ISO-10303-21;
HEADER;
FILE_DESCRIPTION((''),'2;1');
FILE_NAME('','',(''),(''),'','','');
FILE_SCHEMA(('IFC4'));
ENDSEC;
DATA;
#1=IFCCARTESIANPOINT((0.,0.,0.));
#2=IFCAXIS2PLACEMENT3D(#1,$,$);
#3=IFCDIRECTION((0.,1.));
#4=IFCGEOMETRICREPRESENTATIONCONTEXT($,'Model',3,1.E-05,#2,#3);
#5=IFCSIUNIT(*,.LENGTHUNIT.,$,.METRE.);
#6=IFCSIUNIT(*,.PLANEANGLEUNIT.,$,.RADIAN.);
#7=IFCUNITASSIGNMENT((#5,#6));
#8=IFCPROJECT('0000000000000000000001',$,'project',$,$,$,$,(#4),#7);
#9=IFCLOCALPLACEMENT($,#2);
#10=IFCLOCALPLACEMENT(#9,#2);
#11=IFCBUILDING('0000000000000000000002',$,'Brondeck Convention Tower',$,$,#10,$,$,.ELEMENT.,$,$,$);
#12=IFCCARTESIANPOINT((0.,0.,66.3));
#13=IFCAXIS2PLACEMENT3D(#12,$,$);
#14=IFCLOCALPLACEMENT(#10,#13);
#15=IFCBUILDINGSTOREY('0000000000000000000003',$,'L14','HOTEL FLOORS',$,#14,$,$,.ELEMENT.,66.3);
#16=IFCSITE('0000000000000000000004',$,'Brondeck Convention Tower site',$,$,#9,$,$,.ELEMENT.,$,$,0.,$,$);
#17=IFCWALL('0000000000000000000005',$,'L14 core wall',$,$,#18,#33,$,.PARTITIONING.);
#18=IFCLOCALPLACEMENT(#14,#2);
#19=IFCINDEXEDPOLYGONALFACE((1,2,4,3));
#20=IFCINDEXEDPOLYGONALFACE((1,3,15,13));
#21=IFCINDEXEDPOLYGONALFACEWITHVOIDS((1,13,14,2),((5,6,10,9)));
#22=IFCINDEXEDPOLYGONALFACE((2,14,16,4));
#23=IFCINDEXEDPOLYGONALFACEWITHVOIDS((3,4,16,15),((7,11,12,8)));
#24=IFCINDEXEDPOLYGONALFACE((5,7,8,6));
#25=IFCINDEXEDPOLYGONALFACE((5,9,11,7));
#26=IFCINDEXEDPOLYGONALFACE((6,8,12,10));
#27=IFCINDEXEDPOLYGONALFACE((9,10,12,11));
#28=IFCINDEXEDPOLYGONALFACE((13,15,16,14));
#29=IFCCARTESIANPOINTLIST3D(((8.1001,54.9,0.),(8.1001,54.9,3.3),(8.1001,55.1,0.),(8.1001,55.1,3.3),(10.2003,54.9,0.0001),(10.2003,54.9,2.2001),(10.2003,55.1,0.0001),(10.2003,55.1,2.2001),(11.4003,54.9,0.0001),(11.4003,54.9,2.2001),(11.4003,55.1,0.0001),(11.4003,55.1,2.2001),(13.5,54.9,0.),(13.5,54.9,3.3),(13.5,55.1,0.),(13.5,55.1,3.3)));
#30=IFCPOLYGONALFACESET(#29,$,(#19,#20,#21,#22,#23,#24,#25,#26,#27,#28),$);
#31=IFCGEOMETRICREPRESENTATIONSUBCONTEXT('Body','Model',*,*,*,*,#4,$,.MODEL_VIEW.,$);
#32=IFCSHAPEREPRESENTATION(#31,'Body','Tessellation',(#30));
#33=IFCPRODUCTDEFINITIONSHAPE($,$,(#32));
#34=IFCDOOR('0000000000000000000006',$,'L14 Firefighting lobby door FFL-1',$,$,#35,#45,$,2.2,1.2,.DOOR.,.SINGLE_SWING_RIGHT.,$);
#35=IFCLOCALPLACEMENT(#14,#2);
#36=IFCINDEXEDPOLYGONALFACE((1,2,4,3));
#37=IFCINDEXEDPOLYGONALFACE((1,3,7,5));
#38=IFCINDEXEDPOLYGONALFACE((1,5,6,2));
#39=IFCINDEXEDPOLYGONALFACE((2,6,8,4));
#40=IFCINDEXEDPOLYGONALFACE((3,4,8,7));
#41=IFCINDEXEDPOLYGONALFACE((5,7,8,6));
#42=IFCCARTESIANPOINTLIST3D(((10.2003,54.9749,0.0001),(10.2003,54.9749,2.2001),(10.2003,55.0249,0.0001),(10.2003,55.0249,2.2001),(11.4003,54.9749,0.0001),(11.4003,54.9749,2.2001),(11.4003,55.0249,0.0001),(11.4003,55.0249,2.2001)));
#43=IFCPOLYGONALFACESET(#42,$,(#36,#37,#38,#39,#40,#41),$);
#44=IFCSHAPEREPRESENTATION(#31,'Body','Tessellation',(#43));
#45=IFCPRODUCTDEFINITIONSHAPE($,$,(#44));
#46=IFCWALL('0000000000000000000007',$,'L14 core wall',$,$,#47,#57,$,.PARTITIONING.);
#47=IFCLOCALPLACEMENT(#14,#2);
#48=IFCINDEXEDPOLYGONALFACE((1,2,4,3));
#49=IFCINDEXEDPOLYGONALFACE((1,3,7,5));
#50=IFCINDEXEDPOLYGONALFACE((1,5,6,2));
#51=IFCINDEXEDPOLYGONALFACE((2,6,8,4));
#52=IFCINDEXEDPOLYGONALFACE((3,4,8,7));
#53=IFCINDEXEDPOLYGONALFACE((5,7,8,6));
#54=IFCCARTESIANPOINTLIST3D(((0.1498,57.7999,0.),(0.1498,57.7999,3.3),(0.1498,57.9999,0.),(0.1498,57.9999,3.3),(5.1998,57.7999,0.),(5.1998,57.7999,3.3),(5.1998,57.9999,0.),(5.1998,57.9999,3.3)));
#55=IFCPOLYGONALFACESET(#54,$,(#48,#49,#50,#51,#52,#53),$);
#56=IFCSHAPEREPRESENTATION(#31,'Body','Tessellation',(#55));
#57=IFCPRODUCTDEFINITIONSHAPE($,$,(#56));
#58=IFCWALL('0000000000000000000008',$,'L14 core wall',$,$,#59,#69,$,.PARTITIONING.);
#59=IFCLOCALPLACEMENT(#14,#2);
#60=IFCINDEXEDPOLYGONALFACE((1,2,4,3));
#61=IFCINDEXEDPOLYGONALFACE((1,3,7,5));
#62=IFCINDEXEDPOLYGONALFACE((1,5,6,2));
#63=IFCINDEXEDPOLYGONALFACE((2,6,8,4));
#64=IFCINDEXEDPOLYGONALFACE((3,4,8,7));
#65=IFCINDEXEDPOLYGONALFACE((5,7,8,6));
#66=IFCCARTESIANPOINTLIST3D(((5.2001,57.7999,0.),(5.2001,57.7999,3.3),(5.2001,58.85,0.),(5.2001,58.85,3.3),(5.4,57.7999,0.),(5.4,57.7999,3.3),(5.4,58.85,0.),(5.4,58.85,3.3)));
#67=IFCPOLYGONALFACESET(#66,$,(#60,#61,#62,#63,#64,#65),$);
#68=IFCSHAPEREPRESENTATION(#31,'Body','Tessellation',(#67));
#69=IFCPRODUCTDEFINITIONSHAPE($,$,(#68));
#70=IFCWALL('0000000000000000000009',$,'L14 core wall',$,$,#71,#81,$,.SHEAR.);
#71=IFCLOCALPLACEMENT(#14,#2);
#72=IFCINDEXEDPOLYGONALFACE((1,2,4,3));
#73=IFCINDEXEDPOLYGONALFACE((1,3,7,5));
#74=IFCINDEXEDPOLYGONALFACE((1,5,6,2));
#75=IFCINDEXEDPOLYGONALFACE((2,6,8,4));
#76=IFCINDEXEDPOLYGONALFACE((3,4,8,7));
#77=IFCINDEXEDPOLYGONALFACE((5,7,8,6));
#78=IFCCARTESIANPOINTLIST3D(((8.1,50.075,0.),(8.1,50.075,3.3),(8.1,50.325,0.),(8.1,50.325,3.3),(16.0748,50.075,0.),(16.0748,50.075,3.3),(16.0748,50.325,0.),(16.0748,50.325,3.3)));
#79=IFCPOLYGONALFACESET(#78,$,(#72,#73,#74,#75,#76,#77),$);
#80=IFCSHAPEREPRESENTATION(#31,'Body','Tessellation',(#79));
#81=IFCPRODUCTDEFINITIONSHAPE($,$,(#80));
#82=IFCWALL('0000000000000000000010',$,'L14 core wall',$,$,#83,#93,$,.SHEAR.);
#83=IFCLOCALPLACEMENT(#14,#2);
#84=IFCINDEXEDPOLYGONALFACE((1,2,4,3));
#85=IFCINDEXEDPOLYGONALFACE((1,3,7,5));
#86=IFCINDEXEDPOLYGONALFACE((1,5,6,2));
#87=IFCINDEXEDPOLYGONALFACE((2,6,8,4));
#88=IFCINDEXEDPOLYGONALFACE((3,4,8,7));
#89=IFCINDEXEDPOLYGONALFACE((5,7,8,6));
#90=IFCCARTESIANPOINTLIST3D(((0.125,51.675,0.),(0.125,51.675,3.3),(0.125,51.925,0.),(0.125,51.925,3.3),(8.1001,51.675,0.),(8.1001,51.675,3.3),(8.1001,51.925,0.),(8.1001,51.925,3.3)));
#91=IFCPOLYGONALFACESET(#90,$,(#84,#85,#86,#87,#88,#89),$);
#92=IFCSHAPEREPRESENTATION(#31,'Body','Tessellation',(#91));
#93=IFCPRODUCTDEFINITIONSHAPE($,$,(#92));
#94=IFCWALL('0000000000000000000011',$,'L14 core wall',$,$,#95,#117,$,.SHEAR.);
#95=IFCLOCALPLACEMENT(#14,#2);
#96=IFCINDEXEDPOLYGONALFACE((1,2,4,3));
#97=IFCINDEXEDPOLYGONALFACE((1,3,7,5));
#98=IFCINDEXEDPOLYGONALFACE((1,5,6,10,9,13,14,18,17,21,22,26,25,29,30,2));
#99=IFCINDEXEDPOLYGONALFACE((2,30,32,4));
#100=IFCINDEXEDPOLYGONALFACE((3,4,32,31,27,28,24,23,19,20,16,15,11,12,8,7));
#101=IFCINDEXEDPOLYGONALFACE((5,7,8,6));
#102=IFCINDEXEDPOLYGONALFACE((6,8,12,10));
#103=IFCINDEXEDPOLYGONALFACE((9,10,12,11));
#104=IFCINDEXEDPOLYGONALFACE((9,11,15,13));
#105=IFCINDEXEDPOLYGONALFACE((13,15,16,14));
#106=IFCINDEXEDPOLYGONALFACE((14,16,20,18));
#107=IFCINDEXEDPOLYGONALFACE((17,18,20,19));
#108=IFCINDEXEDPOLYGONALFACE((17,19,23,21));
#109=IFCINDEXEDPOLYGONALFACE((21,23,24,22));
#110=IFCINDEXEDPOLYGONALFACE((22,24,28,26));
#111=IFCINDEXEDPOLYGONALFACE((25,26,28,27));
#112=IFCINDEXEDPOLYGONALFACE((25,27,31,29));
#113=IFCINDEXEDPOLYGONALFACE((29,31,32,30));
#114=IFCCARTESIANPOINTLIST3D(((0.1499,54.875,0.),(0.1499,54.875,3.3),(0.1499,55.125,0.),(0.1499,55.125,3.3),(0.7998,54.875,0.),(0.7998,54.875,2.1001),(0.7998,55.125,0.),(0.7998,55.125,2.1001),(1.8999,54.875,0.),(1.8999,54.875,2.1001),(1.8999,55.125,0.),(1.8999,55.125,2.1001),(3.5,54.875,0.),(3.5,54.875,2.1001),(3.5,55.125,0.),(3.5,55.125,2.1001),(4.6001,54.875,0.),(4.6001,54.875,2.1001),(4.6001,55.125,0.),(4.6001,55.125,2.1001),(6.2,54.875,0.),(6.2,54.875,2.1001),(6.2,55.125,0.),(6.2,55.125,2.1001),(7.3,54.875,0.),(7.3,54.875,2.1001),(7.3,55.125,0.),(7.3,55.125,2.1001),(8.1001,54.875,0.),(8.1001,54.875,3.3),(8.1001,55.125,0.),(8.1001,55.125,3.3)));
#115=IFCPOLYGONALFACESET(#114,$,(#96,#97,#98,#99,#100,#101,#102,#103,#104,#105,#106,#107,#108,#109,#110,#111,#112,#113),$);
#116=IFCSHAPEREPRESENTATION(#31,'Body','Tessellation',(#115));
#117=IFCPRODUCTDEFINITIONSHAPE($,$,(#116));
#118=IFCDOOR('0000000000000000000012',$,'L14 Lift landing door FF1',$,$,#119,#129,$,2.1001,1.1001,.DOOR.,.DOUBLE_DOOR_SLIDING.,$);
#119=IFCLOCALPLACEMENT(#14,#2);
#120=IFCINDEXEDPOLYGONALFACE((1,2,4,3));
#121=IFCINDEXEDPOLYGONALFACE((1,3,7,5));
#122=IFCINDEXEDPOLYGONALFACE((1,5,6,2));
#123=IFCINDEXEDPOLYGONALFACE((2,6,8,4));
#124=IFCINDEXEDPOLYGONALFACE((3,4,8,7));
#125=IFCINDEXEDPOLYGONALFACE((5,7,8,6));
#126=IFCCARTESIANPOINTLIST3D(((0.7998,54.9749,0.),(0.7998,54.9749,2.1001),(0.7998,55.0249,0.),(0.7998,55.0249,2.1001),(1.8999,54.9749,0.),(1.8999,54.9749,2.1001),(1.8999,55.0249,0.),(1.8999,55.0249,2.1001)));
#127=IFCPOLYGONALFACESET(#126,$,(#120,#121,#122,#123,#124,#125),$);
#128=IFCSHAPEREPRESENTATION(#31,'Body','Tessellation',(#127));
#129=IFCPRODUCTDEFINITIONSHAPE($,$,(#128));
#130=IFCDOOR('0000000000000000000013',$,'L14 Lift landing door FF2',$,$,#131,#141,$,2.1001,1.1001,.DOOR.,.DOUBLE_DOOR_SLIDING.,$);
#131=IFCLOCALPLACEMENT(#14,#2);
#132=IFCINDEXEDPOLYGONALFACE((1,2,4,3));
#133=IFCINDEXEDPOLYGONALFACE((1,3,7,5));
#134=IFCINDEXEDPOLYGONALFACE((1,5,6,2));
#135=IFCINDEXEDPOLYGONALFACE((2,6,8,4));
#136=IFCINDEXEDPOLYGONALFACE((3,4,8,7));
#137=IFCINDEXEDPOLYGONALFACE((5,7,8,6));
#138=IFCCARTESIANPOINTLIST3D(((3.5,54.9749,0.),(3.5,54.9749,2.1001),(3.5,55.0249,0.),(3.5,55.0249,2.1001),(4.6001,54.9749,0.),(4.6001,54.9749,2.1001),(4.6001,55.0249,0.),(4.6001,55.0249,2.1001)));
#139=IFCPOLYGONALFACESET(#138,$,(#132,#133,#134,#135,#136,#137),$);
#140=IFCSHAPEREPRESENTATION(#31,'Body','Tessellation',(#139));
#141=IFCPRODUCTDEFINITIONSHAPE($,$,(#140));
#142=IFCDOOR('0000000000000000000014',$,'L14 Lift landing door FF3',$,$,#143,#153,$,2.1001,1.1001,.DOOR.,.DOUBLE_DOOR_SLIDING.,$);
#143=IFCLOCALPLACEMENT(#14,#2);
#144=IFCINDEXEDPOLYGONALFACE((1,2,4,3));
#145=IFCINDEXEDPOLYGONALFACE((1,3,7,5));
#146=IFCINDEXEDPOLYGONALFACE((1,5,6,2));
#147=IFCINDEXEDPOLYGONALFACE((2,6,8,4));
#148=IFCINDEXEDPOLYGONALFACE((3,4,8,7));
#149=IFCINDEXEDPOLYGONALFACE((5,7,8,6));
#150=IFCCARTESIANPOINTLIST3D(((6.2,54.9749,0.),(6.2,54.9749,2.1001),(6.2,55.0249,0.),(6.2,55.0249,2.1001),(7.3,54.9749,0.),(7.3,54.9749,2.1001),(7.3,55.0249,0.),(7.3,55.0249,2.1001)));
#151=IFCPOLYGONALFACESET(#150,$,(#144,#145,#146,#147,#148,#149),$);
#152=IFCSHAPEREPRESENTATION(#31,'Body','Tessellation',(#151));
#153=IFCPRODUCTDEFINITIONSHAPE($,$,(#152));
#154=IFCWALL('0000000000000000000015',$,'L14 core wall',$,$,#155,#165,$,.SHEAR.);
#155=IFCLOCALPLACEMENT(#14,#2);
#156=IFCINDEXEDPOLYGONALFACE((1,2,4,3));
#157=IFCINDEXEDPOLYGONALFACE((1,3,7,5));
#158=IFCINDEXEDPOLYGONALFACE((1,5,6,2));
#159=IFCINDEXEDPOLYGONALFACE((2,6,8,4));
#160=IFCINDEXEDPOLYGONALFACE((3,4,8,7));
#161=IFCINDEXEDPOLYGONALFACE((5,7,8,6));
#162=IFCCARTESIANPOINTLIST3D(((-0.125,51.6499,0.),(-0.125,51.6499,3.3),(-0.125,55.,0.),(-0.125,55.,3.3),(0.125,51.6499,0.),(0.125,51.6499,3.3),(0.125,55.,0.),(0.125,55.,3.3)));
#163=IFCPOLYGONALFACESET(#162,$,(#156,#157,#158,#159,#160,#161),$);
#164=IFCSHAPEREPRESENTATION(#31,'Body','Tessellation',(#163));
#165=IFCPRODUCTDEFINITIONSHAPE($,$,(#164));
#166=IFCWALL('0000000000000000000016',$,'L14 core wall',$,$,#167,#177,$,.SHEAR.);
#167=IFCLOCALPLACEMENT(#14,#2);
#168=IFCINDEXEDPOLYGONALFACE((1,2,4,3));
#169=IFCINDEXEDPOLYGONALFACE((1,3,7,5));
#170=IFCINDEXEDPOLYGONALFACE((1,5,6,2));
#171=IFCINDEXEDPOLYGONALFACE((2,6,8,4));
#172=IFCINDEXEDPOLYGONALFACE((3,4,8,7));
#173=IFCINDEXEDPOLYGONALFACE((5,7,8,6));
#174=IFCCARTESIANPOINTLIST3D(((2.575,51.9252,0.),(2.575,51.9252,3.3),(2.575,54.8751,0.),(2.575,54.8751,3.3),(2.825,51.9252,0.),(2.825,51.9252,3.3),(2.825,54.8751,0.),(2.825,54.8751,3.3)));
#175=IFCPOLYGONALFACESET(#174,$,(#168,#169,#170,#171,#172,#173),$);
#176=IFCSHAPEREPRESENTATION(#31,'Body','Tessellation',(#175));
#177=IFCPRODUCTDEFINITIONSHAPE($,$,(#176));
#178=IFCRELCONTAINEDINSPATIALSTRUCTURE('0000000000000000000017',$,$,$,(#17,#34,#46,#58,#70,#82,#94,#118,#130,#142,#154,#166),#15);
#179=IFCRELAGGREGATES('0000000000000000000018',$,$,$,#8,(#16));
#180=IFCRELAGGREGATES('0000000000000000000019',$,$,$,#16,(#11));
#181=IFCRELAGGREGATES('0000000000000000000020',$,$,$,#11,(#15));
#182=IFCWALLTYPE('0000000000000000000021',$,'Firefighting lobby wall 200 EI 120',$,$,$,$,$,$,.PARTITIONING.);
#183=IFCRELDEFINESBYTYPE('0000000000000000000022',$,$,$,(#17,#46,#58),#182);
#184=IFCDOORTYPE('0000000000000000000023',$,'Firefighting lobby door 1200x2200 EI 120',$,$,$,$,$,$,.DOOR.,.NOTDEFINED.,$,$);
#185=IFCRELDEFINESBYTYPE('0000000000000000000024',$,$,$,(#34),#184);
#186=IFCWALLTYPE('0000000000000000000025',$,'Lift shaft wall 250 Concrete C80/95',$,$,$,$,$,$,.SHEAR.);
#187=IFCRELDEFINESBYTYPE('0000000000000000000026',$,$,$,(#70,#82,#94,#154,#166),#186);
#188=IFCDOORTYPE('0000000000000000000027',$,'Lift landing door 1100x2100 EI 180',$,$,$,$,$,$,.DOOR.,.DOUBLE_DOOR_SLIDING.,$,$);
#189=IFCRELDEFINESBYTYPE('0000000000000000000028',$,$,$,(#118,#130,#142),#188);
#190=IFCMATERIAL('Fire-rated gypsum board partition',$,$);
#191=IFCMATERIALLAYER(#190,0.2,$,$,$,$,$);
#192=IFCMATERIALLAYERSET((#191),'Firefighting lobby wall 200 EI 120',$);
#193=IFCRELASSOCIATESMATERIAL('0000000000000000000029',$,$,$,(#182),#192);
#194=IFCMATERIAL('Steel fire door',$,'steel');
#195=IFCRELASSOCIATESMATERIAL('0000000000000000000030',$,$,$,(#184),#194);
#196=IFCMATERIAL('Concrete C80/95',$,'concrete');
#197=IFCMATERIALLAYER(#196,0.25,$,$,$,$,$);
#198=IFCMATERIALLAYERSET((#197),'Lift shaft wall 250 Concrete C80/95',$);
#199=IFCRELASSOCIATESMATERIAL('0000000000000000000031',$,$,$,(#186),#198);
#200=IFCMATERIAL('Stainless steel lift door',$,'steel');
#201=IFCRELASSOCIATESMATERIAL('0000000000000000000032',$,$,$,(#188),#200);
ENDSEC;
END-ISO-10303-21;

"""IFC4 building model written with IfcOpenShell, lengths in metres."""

from ifc_helpers import new_model, si_unit, direction, frame, frame_2d, origin, place, context, subcontext, project, spatial, rectangle, extrude, material, layer, layer_set, type_object, element, fill, save


model = new_model("IFC4")

# Units and contexts
model_context = context("Model", 3, precision=1e-05, world=origin(), true_north=direction((0.0, 1.0)))
body_context = subcontext(model_context, "Body", "Model", "MODEL_VIEW")
ifc_project = project(units=[si_unit("LENGTHUNIT", "METRE"), si_unit("PLANEANGLEUNIT", "RADIAN")], contexts=[model_context])

# Site, building, storey
site_placement = place(None, origin())
site = spatial("IfcSite", under=ifc_project, at=site_placement, Name="Brondeck Convention Tower site", CompositionType="ELEMENT", RefElevation=0.0)
building_placement = place(site_placement, origin())
building = spatial("IfcBuilding", under=site, at=building_placement, Name="Brondeck Convention Tower", CompositionType="ELEMENT")
storey_placement = place(building_placement, frame((0.0, 0.0, 66.3)))
storey = spatial("IfcBuildingStorey", under=building, at=storey_placement, Name="L14", Description="HOTEL FLOORS", CompositionType="ELEMENT", Elevation=66.3)

# Shared definitions
ifc_material_1 = material(Name="Concrete C80/95", Category="concrete")

# Shared definitions
ifc_material_2 = material(Name="Fire-rated gypsum board partition")

# Wall, opening, door
ifc_layer_1 = layer(ifc_material_2, 0.2)
ifc_layer_set_1 = layer_set([ifc_layer_1], Name="Firefighting lobby wall 200 EI 120")
wall_type_1 = type_object("IfcWallType", Name="Firefighting lobby wall 200 EI 120", PredefinedType="PARTITIONING", material=ifc_layer_set_1)
wall_1_placement = place(storey_placement, frame((8.1001, 55.0, 0.0), z_axis=(0.0, 0.0, 1.0), x_axis=(1.0, 0.0, 0.0)))
wall_1 = element("IfcWall", 1, at=wall_1_placement, inside=storey, type_object=wall_type_1, Name="L14 core wall", PredefinedType="PARTITIONING", context=body_context, shape_type="SweptSolid", body=[
    extrude(rectangle(XDim=5.3999, YDim=0.2, at=frame_2d((2.7, 0.0))), origin(), (0.0, 0.0, 1.0), 3.3),
])
opening_1_placement = place(wall_1_placement, frame((2.1001, 0.0, 0.0)))
opening_1 = element("IfcOpeningElement", 2, at=opening_1_placement, cuts=wall_1, PredefinedType="OPENING", context=body_context, shape_type="SweptSolid", body=[
    extrude(rectangle(XDim=1.2, YDim=2.2, at=frame_2d((0.6001, 1.1001))), frame((0.0, 0.1099, 0.0), z_axis=(0.0, -1.0, 0.0), x_axis=(1.0, 0.0, 0.0)), (0.0, 0.0, 1.0), 0.22),
])
ifc_material_3 = material(Name="Steel fire door", Category="steel")
door_type_1 = type_object("IfcDoorType", Name="Firefighting lobby door 1200x2200 EI 120", OperationType="NOTDEFINED", PredefinedType="DOOR", material=ifc_material_3)
door_1_placement = place(opening_1_placement, origin())
door_1 = element("IfcDoor", 3, at=door_1_placement, inside=storey, type_object=door_type_1, Name="L14 Firefighting lobby door FFL-1", OperationType="SINGLE_SWING_RIGHT", OverallHeight=2.2, OverallWidth=1.2, PredefinedType="DOOR", context=body_context, shape_type="SweptSolid", body=[
    extrude(rectangle(XDim=1.2, YDim=2.2, at=frame_2d((0.6001, 1.1001))), frame((0.0, 0.0249, 0.0), z_axis=(0.0, -1.0, 0.0), x_axis=(1.0, 0.0, 0.0)), (0.0, 0.0, 1.0), 0.05),
])
fill(opening_1, door_1)

# Walls
wall_2_placement = place(storey_placement, frame((0.1499, 57.8999, 0.0), z_axis=(0.0, 0.0, 1.0), x_axis=(1.0, 0.0, 0.0)))
element("IfcWall", 4, at=wall_2_placement, inside=storey, type_object=wall_type_1, Name="L14 core wall", PredefinedType="PARTITIONING", context=body_context, shape_type="SweptSolid", body=[
    extrude(rectangle(XDim=5.05, YDim=0.2, at=frame_2d((2.5249, 0.0))), origin(), (0.0, 0.0, 1.0), 3.3),
])
wall_3_placement = place(storey_placement, frame((5.3, 57.8, 0.0), z_axis=(0.0, 0.0, 1.0), x_axis=(0.0, 1.0, 0.0)))
element("IfcWall", 5, at=wall_3_placement, inside=storey, type_object=wall_type_1, Name="L14 core wall", PredefinedType="PARTITIONING", context=body_context, shape_type="SweptSolid", body=[
    extrude(rectangle(XDim=1.05, YDim=0.2, at=frame_2d((0.5249, 0.0))), origin(), (0.0, 0.0, 1.0), 3.3),
])
ifc_layer_2 = layer(ifc_material_1, 0.25)
ifc_layer_set_2 = layer_set([ifc_layer_2], Name="Lift shaft wall 250 Concrete C80/95")
wall_type_2 = type_object("IfcWallType", Name="Lift shaft wall 250 Concrete C80/95", PredefinedType="SHEAR", material=ifc_layer_set_2)
wall_4_placement = place(storey_placement, frame((8.1001, 50.2, 0.0), z_axis=(0.0, 0.0, 1.0), x_axis=(1.0, 0.0, 0.0)))
element("IfcWall", 6, at=wall_4_placement, inside=storey, type_object=wall_type_2, Name="L14 core wall", PredefinedType="SHEAR", context=body_context, shape_type="SweptSolid", body=[
    extrude(rectangle(XDim=7.9749, YDim=0.25, at=frame_2d((3.9873, 0.0))), origin(), (0.0, 0.0, 1.0), 3.3),
])
wall_5_placement = place(storey_placement, frame((0.125, 51.8, 0.0), z_axis=(0.0, 0.0, 1.0), x_axis=(1.0, 0.0, 0.0)))
element("IfcWall", 7, at=wall_5_placement, inside=storey, type_object=wall_type_2, Name="L14 core wall", PredefinedType="SHEAR", context=body_context, shape_type="SweptSolid", body=[
    extrude(rectangle(XDim=7.9751, YDim=0.25, at=frame_2d((3.9875, 0.0))), origin(), (0.0, 0.0, 1.0), 3.3),
])

# Wall, openings, doors
wall_6_placement = place(storey_placement, frame((0.1499, 55.0, 0.0), z_axis=(0.0, 0.0, 1.0), x_axis=(1.0, 0.0, 0.0)))
wall_6 = element("IfcWall", 8, at=wall_6_placement, inside=storey, type_object=wall_type_2, Name="L14 core wall", PredefinedType="SHEAR", context=body_context, shape_type="SweptSolid", body=[
    extrude(rectangle(XDim=7.9502, YDim=0.25, at=frame_2d((3.9751, 0.0))), origin(), (0.0, 0.0, 1.0), 3.3),
])
opening_2_placement = place(wall_6_placement, frame((0.6499, 0.0, 0.0)))
opening_2 = element("IfcOpeningElement", 9, at=opening_2_placement, cuts=wall_6, PredefinedType="OPENING", context=body_context, shape_type="SweptSolid", body=[
    extrude(rectangle(XDim=1.1001, YDim=2.1001, at=frame_2d((0.55, 1.05))), frame((0.0, 0.135, 0.0), z_axis=(0.0, -1.0, 0.0), x_axis=(1.0, 0.0, 0.0)), (0.0, 0.0, 1.0), 0.27),
])
opening_3_placement = place(wall_6_placement, frame((3.3501, 0.0, 0.0)))
opening_3 = element("IfcOpeningElement", 10, at=opening_3_placement, cuts=wall_6, PredefinedType="OPENING", context=body_context, shape_type="SweptSolid", body=[
    extrude(rectangle(XDim=1.1001, YDim=2.1001, at=frame_2d((0.55, 1.05))), frame((0.0, 0.135, 0.0), z_axis=(0.0, -1.0, 0.0), x_axis=(1.0, 0.0, 0.0)), (0.0, 0.0, 1.0), 0.27),
])
opening_4_placement = place(wall_6_placement, frame((6.05, 0.0, 0.0)))
opening_4 = element("IfcOpeningElement", 11, at=opening_4_placement, cuts=wall_6, PredefinedType="OPENING", context=body_context, shape_type="SweptSolid", body=[
    extrude(rectangle(XDim=1.1001, YDim=2.1001, at=frame_2d((0.55, 1.05))), frame((0.0, 0.135, 0.0), z_axis=(0.0, -1.0, 0.0), x_axis=(1.0, 0.0, 0.0)), (0.0, 0.0, 1.0), 0.27),
])
ifc_material_4 = material(Name="Stainless steel lift door", Category="steel")
door_type_2 = type_object("IfcDoorType", Name="Lift landing door 1100x2100 EI 180", OperationType="DOUBLE_DOOR_SLIDING", PredefinedType="DOOR", material=ifc_material_4)
door_2_placement = place(opening_2_placement, origin())
door_2 = element("IfcDoor", 12, at=door_2_placement, inside=storey, type_object=door_type_2, Name="L14 Lift landing door FF1", OperationType="DOUBLE_DOOR_SLIDING", OverallHeight=2.1001, OverallWidth=1.1001, PredefinedType="DOOR", context=body_context, shape_type="SweptSolid", body=[
    extrude(rectangle(XDim=1.1001, YDim=2.1001, at=frame_2d((0.55, 1.05))), frame((0.0, 0.0249, 0.0), z_axis=(0.0, -1.0, 0.0), x_axis=(1.0, 0.0, 0.0)), (0.0, 0.0, 1.0), 0.05),
])
fill(opening_2, door_2)
door_3_placement = place(opening_3_placement, origin())
door_3 = element("IfcDoor", 13, at=door_3_placement, inside=storey, type_object=door_type_2, Name="L14 Lift landing door FF2", OperationType="DOUBLE_DOOR_SLIDING", OverallHeight=2.1001, OverallWidth=1.1001, PredefinedType="DOOR", context=body_context, shape_type="SweptSolid", body=[
    extrude(rectangle(XDim=1.1001, YDim=2.1001, at=frame_2d((0.55, 1.05))), frame((0.0, 0.0249, 0.0), z_axis=(0.0, -1.0, 0.0), x_axis=(1.0, 0.0, 0.0)), (0.0, 0.0, 1.0), 0.05),
])
fill(opening_3, door_3)
door_4_placement = place(opening_4_placement, origin())
door_4 = element("IfcDoor", 14, at=door_4_placement, inside=storey, type_object=door_type_2, Name="L14 Lift landing door FF3", OperationType="DOUBLE_DOOR_SLIDING", OverallHeight=2.1001, OverallWidth=1.1001, PredefinedType="DOOR", context=body_context, shape_type="SweptSolid", body=[
    extrude(rectangle(XDim=1.1001, YDim=2.1001, at=frame_2d((0.55, 1.05))), frame((0.0, 0.0249, 0.0), z_axis=(0.0, -1.0, 0.0), x_axis=(1.0, 0.0, 0.0)), (0.0, 0.0, 1.0), 0.05),
])
fill(opening_4, door_4)

# Walls
wall_7_placement = place(storey_placement, frame((0.0, 51.6499, 0.0), z_axis=(0.0, 0.0, 1.0), x_axis=(0.0, 1.0, 0.0)))
element("IfcWall", 15, at=wall_7_placement, inside=storey, type_object=wall_type_2, Name="L14 core wall", PredefinedType="SHEAR", context=body_context, shape_type="SweptSolid", body=[
    extrude(rectangle(XDim=3.3501, YDim=0.25, at=frame_2d((1.675, 0.0))), origin(), (0.0, 0.0, 1.0), 3.3),
])
for number, where, z_axis, x_axis, name in (
    (16, (2.7, 51.925, 0.0), (0.0, 0.0, 1.0), (0.0, 1.0, 0.0), "L14 core wall"),
):
    element("IfcWall", number, at=place(storey_placement, frame(where, z_axis=z_axis, x_axis=x_axis)), inside=storey, type_object=wall_type_2, Name=name, PredefinedType="SHEAR", context=body_context, shape_type="SweptSolid", body=[
        extrude(rectangle(XDim=2.95, YDim=0.25, at=frame_2d((1.4751, 0.0))), origin(), (0.0, 0.0, 1.0), 3.3),
    ])

save(model, "model.ifc")
